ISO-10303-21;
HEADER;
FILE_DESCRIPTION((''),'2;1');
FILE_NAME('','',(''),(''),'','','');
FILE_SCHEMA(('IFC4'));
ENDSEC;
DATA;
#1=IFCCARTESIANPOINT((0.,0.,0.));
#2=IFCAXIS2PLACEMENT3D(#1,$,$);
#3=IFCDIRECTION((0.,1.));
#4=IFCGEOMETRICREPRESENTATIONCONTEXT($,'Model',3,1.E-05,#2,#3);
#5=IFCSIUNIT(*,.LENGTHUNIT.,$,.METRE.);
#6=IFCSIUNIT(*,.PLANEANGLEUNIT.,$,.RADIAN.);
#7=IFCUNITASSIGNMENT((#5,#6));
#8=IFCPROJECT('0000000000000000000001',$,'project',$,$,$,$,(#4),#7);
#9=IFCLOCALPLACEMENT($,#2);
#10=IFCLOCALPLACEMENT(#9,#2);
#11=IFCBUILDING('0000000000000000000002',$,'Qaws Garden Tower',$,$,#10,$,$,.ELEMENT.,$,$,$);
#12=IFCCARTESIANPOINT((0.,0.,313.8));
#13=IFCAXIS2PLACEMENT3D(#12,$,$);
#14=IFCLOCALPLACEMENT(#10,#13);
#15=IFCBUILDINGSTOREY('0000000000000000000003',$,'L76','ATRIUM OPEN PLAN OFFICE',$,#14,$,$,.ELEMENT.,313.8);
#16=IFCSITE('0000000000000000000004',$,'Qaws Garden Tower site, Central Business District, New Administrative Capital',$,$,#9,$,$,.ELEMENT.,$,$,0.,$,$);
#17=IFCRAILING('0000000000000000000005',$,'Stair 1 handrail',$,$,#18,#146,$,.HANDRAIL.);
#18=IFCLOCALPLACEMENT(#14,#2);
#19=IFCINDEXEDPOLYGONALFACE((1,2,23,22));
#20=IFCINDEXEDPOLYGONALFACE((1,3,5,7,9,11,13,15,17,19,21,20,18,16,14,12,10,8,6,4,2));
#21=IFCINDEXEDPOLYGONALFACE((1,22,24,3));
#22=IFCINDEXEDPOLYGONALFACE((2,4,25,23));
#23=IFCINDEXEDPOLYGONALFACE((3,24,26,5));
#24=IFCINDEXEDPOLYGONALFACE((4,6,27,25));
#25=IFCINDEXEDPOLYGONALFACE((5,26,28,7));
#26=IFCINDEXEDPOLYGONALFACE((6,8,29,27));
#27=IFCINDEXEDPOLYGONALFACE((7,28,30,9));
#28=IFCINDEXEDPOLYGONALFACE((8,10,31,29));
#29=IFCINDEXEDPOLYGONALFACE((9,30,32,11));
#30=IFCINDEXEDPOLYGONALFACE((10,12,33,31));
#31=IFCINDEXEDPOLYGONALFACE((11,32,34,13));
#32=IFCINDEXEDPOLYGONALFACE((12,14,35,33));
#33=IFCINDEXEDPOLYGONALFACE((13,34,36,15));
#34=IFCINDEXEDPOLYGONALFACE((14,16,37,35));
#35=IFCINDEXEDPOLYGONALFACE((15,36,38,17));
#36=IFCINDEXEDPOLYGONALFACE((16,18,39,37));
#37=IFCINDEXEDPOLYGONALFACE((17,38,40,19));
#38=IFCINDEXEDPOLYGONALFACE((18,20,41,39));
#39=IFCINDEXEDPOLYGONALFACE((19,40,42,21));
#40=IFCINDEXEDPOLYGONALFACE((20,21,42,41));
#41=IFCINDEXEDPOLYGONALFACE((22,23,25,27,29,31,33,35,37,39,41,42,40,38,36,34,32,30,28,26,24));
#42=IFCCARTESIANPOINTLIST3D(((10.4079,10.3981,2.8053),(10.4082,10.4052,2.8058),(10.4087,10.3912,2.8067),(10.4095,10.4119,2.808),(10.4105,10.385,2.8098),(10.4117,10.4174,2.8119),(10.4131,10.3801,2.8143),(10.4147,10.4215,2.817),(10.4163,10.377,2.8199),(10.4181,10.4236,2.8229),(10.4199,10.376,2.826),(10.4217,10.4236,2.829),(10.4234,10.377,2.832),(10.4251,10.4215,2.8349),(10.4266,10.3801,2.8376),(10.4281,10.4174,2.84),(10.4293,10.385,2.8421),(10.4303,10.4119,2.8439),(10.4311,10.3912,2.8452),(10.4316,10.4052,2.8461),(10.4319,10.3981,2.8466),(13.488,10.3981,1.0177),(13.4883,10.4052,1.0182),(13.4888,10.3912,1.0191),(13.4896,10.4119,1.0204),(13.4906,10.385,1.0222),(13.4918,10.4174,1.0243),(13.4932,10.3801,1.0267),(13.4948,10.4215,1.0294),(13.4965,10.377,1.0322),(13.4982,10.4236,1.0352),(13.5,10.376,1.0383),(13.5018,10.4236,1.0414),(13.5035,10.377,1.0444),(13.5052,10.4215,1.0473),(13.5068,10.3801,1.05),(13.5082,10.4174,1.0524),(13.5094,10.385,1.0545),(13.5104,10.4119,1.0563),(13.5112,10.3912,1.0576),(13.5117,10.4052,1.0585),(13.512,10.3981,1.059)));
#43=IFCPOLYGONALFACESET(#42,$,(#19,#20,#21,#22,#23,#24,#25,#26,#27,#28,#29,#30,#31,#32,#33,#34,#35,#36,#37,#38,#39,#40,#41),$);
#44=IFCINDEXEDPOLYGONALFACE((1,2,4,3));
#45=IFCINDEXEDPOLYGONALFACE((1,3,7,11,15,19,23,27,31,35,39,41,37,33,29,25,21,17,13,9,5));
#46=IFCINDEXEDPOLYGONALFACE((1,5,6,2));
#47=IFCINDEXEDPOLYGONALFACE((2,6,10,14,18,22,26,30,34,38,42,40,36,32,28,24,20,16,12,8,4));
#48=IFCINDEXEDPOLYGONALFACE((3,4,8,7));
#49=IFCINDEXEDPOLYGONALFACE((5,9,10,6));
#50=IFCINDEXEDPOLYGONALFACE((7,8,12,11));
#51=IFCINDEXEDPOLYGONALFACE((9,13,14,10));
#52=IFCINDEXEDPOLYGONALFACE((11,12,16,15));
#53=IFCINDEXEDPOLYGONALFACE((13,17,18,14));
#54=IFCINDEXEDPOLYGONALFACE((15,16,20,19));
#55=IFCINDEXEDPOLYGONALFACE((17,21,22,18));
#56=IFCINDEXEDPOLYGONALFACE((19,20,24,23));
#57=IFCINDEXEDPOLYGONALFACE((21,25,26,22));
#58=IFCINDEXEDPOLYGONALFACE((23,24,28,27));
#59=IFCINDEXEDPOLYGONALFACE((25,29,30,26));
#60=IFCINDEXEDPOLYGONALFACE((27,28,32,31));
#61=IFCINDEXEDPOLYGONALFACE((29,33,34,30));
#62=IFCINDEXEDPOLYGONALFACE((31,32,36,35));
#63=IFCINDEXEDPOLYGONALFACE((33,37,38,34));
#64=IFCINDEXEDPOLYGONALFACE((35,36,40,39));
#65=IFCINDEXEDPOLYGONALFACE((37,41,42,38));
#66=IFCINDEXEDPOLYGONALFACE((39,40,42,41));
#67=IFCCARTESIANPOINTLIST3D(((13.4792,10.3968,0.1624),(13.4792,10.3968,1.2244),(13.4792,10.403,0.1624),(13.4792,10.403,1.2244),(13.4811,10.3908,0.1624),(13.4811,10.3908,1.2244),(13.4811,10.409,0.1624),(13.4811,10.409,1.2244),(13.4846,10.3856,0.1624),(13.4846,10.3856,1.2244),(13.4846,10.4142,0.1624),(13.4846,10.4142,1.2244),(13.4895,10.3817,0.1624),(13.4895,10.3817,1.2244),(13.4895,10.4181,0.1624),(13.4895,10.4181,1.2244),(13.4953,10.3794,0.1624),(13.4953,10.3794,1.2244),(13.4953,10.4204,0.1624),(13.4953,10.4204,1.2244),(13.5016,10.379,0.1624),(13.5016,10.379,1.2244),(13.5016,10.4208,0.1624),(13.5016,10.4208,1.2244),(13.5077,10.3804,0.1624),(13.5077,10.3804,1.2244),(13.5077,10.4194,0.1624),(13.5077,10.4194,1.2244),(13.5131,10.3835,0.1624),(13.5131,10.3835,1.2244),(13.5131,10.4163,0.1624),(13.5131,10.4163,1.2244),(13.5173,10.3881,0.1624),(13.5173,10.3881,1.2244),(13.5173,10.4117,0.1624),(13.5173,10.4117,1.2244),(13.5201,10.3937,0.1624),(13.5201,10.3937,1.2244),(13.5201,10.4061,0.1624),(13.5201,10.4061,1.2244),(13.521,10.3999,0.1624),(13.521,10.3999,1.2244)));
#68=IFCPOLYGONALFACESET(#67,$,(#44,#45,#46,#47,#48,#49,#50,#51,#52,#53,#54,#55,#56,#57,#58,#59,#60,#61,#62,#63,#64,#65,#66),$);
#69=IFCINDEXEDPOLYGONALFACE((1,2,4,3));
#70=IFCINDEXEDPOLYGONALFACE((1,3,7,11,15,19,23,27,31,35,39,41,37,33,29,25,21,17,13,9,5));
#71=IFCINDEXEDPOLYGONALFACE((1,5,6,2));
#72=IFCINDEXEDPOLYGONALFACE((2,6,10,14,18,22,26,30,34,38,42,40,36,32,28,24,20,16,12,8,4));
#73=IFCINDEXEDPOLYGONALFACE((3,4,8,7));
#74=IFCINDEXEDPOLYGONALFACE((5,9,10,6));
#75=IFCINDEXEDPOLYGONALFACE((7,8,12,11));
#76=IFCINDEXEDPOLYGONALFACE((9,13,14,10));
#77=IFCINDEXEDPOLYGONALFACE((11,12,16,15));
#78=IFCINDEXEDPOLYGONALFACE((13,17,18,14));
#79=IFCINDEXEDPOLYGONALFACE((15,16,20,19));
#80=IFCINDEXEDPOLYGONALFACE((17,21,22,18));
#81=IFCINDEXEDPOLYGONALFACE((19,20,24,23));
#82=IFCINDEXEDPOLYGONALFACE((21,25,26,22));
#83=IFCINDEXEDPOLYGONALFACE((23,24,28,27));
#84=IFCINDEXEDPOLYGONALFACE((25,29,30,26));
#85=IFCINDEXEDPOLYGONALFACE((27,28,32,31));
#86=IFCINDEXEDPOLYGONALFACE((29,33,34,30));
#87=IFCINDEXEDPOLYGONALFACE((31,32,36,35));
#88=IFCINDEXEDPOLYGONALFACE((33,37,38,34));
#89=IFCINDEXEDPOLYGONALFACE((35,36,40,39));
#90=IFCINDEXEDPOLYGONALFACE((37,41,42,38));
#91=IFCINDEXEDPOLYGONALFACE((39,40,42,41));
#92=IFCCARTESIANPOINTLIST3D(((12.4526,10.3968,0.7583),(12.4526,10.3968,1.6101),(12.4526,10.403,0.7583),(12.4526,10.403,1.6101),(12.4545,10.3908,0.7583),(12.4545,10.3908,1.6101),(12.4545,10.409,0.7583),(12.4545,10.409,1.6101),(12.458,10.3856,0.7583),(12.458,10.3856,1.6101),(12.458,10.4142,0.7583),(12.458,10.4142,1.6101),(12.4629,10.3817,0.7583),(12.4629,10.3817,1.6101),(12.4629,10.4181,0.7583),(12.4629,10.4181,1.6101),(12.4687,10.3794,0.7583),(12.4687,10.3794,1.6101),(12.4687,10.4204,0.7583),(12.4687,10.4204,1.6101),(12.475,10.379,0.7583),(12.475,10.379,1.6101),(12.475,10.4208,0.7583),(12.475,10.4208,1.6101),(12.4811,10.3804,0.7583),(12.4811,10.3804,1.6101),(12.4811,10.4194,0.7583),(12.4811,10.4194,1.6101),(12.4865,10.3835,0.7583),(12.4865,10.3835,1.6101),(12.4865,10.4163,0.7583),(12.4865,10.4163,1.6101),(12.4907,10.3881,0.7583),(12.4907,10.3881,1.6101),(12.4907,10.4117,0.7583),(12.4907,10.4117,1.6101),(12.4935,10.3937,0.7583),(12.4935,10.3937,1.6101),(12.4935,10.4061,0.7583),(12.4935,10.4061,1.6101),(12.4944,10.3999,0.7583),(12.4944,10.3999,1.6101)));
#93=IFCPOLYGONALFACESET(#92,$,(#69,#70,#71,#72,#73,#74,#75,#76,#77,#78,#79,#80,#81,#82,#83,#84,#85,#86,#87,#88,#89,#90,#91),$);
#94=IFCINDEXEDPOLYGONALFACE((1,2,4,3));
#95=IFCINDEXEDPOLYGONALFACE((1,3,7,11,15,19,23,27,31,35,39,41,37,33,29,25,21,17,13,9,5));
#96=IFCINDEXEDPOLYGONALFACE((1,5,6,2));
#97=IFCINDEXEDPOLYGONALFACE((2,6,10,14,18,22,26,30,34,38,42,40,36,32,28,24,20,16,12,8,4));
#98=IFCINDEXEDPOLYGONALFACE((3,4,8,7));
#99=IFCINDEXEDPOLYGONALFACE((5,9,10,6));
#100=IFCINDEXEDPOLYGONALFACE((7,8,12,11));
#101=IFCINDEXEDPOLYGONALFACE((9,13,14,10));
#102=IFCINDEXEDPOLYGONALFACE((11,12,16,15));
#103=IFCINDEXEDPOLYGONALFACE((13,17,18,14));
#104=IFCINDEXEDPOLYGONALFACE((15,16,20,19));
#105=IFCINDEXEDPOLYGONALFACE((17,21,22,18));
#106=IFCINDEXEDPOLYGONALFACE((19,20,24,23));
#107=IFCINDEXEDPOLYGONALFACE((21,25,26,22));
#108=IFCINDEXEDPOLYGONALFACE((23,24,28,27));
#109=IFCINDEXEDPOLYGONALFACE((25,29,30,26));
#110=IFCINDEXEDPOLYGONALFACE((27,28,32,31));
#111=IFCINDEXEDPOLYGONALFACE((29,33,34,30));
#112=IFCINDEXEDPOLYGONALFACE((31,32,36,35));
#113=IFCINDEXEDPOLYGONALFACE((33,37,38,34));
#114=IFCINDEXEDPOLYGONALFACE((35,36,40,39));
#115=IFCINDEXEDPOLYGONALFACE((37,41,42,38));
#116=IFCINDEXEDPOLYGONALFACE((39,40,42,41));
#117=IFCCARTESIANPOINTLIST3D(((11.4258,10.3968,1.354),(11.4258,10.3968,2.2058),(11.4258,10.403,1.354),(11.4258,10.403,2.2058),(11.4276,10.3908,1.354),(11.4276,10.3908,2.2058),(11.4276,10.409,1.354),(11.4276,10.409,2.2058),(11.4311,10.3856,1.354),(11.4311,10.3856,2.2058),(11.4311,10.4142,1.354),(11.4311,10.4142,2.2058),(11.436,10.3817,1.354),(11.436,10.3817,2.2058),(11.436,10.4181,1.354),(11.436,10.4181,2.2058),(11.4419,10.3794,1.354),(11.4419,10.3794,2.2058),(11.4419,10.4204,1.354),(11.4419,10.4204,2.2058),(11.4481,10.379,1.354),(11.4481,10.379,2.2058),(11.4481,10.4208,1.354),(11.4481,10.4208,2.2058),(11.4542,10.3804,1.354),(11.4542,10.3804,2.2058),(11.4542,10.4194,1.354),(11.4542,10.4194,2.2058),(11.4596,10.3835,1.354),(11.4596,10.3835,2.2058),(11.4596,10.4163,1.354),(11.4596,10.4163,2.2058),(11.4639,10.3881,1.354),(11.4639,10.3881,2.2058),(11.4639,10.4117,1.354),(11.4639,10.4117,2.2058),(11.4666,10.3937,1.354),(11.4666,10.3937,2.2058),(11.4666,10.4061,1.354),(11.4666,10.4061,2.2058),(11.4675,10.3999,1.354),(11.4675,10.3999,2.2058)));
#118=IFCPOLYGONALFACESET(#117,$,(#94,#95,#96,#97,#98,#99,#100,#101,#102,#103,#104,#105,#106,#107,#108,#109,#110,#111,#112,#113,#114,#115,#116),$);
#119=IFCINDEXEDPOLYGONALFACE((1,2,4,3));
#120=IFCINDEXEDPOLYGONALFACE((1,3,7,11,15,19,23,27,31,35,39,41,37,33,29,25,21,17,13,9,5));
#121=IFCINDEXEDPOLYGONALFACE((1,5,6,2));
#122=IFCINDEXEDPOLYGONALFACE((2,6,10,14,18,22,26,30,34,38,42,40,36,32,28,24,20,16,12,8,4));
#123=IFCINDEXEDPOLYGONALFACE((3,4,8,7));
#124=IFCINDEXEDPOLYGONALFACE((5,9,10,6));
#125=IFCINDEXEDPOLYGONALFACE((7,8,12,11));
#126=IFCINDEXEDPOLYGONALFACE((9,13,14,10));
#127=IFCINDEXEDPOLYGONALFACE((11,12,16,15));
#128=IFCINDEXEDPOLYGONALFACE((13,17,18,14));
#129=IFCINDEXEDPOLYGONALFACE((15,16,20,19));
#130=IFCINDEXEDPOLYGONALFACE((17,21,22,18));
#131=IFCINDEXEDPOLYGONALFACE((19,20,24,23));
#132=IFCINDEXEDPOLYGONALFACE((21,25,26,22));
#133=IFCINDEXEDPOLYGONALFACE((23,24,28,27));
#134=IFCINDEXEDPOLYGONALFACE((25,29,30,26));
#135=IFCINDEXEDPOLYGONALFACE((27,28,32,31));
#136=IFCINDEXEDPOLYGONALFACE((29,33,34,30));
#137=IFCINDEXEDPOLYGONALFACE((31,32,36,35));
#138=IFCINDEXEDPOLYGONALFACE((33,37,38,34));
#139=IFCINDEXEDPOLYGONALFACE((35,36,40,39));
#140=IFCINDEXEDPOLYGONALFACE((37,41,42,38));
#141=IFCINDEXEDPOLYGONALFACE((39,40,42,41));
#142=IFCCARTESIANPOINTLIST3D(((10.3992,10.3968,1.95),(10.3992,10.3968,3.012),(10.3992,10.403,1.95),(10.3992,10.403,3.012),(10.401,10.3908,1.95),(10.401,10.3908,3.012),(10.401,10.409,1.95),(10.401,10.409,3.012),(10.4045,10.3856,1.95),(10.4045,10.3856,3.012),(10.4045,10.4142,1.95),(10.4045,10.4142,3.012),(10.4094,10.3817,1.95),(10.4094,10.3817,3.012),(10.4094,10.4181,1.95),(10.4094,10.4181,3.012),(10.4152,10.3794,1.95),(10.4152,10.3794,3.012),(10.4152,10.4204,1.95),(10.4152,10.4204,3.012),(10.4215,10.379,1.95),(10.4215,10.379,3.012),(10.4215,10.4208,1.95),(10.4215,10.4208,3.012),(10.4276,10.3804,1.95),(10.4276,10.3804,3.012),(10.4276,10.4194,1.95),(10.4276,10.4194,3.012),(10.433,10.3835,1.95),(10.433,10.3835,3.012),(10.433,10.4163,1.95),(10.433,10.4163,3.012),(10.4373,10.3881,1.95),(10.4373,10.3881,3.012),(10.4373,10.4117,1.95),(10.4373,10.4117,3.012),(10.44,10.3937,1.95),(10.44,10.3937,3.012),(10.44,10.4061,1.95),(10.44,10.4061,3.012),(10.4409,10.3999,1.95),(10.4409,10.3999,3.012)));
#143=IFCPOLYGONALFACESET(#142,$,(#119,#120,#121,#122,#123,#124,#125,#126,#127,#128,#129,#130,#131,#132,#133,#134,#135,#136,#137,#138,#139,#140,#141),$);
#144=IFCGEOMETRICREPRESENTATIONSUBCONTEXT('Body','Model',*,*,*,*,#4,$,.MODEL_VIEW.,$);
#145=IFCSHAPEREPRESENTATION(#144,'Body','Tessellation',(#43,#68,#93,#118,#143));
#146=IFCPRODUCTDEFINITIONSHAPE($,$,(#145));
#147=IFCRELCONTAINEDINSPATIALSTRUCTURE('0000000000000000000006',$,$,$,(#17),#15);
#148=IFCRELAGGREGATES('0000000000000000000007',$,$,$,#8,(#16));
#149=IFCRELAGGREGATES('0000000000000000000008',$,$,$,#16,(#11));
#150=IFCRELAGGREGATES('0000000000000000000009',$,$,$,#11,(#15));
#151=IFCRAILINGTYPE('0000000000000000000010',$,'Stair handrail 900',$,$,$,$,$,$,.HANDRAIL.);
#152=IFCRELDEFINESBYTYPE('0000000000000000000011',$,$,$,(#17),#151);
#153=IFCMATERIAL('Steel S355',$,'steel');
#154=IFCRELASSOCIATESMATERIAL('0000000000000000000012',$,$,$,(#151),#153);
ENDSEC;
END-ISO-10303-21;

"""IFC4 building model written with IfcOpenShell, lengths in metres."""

from ifc_helpers import new_model, si_unit, direction, frame, origin, origin_2d, place, context, subcontext, project, spatial, circle, extrude, material, type_object, element, save


model = new_model("IFC4")

# Units and contexts
model_context = context("Model", 3, precision=1e-05, world=origin(), true_north=direction((0.0, 1.0)))
body_context = subcontext(model_context, "Body", "Model", "MODEL_VIEW")
ifc_project = project(units=[si_unit("LENGTHUNIT", "METRE"), si_unit("PLANEANGLEUNIT", "RADIAN")], contexts=[model_context])

# Site, building, storey
site_placement = place(None, origin())
site = spatial("IfcSite", under=ifc_project, at=site_placement, Name="Qaws Garden Tower site, Central Business District, New Administrative Capital", CompositionType="ELEMENT", RefElevation=0.0)
building_placement = place(site_placement, origin())
building = spatial("IfcBuilding", under=site, at=building_placement, Name="Qaws Garden Tower", CompositionType="ELEMENT")
storey_placement = place(building_placement, frame((0.0, 0.0, 313.8)))
storey = spatial("IfcBuildingStorey", under=building, at=storey_placement, Name="L76", Description="ATRIUM OPEN PLAN OFFICE", CompositionType="ELEMENT", Elevation=313.8)

# Railing
ifc_material_1 = material(Name="Steel S355", Category="steel")
railing_type = type_object("IfcRailingType", Name="Stair handrail 900", PredefinedType="HANDRAIL", material=ifc_material_1)
railing_1_placement = place(storey_placement, frame((13.5, 10.3999, 0.1624)))
element("IfcRailing", 1, at=railing_1_placement, inside=storey, type_object=railing_type, Name="Stair 1 handrail", PredefinedType="HANDRAIL", context=body_context, shape_type="SweptSolid", body=[
    extrude(circle(Radius=0.0239, at=origin_2d()), frame((0.0, 0.0, 0.876), z_axis=(-0.864891, 0.0, 0.50196), x_axis=(0.0, -1.0, 0.0)), (0.0, 0.0, 1.0), 3.5613),
    extrude(circle(Radius=0.021, at=origin_2d()), origin(), (0.0, 0.0, 1.0), 1.062),
    extrude(circle(Radius=0.021, at=origin_2d()), frame((-1.0266, 0.0, 0.5959)), (0.0, 0.0, 1.0), 0.8518),
    extrude(circle(Radius=0.021, at=origin_2d()), frame((-2.0535, 0.0, 1.1917)), (0.0, 0.0, 1.0), 0.8518),
    extrude(circle(Radius=0.021, at=origin_2d()), frame((-3.0801, 0.0, 1.7876)), (0.0, 0.0, 1.0), 1.062),
])

save(model, "model.ifc")
